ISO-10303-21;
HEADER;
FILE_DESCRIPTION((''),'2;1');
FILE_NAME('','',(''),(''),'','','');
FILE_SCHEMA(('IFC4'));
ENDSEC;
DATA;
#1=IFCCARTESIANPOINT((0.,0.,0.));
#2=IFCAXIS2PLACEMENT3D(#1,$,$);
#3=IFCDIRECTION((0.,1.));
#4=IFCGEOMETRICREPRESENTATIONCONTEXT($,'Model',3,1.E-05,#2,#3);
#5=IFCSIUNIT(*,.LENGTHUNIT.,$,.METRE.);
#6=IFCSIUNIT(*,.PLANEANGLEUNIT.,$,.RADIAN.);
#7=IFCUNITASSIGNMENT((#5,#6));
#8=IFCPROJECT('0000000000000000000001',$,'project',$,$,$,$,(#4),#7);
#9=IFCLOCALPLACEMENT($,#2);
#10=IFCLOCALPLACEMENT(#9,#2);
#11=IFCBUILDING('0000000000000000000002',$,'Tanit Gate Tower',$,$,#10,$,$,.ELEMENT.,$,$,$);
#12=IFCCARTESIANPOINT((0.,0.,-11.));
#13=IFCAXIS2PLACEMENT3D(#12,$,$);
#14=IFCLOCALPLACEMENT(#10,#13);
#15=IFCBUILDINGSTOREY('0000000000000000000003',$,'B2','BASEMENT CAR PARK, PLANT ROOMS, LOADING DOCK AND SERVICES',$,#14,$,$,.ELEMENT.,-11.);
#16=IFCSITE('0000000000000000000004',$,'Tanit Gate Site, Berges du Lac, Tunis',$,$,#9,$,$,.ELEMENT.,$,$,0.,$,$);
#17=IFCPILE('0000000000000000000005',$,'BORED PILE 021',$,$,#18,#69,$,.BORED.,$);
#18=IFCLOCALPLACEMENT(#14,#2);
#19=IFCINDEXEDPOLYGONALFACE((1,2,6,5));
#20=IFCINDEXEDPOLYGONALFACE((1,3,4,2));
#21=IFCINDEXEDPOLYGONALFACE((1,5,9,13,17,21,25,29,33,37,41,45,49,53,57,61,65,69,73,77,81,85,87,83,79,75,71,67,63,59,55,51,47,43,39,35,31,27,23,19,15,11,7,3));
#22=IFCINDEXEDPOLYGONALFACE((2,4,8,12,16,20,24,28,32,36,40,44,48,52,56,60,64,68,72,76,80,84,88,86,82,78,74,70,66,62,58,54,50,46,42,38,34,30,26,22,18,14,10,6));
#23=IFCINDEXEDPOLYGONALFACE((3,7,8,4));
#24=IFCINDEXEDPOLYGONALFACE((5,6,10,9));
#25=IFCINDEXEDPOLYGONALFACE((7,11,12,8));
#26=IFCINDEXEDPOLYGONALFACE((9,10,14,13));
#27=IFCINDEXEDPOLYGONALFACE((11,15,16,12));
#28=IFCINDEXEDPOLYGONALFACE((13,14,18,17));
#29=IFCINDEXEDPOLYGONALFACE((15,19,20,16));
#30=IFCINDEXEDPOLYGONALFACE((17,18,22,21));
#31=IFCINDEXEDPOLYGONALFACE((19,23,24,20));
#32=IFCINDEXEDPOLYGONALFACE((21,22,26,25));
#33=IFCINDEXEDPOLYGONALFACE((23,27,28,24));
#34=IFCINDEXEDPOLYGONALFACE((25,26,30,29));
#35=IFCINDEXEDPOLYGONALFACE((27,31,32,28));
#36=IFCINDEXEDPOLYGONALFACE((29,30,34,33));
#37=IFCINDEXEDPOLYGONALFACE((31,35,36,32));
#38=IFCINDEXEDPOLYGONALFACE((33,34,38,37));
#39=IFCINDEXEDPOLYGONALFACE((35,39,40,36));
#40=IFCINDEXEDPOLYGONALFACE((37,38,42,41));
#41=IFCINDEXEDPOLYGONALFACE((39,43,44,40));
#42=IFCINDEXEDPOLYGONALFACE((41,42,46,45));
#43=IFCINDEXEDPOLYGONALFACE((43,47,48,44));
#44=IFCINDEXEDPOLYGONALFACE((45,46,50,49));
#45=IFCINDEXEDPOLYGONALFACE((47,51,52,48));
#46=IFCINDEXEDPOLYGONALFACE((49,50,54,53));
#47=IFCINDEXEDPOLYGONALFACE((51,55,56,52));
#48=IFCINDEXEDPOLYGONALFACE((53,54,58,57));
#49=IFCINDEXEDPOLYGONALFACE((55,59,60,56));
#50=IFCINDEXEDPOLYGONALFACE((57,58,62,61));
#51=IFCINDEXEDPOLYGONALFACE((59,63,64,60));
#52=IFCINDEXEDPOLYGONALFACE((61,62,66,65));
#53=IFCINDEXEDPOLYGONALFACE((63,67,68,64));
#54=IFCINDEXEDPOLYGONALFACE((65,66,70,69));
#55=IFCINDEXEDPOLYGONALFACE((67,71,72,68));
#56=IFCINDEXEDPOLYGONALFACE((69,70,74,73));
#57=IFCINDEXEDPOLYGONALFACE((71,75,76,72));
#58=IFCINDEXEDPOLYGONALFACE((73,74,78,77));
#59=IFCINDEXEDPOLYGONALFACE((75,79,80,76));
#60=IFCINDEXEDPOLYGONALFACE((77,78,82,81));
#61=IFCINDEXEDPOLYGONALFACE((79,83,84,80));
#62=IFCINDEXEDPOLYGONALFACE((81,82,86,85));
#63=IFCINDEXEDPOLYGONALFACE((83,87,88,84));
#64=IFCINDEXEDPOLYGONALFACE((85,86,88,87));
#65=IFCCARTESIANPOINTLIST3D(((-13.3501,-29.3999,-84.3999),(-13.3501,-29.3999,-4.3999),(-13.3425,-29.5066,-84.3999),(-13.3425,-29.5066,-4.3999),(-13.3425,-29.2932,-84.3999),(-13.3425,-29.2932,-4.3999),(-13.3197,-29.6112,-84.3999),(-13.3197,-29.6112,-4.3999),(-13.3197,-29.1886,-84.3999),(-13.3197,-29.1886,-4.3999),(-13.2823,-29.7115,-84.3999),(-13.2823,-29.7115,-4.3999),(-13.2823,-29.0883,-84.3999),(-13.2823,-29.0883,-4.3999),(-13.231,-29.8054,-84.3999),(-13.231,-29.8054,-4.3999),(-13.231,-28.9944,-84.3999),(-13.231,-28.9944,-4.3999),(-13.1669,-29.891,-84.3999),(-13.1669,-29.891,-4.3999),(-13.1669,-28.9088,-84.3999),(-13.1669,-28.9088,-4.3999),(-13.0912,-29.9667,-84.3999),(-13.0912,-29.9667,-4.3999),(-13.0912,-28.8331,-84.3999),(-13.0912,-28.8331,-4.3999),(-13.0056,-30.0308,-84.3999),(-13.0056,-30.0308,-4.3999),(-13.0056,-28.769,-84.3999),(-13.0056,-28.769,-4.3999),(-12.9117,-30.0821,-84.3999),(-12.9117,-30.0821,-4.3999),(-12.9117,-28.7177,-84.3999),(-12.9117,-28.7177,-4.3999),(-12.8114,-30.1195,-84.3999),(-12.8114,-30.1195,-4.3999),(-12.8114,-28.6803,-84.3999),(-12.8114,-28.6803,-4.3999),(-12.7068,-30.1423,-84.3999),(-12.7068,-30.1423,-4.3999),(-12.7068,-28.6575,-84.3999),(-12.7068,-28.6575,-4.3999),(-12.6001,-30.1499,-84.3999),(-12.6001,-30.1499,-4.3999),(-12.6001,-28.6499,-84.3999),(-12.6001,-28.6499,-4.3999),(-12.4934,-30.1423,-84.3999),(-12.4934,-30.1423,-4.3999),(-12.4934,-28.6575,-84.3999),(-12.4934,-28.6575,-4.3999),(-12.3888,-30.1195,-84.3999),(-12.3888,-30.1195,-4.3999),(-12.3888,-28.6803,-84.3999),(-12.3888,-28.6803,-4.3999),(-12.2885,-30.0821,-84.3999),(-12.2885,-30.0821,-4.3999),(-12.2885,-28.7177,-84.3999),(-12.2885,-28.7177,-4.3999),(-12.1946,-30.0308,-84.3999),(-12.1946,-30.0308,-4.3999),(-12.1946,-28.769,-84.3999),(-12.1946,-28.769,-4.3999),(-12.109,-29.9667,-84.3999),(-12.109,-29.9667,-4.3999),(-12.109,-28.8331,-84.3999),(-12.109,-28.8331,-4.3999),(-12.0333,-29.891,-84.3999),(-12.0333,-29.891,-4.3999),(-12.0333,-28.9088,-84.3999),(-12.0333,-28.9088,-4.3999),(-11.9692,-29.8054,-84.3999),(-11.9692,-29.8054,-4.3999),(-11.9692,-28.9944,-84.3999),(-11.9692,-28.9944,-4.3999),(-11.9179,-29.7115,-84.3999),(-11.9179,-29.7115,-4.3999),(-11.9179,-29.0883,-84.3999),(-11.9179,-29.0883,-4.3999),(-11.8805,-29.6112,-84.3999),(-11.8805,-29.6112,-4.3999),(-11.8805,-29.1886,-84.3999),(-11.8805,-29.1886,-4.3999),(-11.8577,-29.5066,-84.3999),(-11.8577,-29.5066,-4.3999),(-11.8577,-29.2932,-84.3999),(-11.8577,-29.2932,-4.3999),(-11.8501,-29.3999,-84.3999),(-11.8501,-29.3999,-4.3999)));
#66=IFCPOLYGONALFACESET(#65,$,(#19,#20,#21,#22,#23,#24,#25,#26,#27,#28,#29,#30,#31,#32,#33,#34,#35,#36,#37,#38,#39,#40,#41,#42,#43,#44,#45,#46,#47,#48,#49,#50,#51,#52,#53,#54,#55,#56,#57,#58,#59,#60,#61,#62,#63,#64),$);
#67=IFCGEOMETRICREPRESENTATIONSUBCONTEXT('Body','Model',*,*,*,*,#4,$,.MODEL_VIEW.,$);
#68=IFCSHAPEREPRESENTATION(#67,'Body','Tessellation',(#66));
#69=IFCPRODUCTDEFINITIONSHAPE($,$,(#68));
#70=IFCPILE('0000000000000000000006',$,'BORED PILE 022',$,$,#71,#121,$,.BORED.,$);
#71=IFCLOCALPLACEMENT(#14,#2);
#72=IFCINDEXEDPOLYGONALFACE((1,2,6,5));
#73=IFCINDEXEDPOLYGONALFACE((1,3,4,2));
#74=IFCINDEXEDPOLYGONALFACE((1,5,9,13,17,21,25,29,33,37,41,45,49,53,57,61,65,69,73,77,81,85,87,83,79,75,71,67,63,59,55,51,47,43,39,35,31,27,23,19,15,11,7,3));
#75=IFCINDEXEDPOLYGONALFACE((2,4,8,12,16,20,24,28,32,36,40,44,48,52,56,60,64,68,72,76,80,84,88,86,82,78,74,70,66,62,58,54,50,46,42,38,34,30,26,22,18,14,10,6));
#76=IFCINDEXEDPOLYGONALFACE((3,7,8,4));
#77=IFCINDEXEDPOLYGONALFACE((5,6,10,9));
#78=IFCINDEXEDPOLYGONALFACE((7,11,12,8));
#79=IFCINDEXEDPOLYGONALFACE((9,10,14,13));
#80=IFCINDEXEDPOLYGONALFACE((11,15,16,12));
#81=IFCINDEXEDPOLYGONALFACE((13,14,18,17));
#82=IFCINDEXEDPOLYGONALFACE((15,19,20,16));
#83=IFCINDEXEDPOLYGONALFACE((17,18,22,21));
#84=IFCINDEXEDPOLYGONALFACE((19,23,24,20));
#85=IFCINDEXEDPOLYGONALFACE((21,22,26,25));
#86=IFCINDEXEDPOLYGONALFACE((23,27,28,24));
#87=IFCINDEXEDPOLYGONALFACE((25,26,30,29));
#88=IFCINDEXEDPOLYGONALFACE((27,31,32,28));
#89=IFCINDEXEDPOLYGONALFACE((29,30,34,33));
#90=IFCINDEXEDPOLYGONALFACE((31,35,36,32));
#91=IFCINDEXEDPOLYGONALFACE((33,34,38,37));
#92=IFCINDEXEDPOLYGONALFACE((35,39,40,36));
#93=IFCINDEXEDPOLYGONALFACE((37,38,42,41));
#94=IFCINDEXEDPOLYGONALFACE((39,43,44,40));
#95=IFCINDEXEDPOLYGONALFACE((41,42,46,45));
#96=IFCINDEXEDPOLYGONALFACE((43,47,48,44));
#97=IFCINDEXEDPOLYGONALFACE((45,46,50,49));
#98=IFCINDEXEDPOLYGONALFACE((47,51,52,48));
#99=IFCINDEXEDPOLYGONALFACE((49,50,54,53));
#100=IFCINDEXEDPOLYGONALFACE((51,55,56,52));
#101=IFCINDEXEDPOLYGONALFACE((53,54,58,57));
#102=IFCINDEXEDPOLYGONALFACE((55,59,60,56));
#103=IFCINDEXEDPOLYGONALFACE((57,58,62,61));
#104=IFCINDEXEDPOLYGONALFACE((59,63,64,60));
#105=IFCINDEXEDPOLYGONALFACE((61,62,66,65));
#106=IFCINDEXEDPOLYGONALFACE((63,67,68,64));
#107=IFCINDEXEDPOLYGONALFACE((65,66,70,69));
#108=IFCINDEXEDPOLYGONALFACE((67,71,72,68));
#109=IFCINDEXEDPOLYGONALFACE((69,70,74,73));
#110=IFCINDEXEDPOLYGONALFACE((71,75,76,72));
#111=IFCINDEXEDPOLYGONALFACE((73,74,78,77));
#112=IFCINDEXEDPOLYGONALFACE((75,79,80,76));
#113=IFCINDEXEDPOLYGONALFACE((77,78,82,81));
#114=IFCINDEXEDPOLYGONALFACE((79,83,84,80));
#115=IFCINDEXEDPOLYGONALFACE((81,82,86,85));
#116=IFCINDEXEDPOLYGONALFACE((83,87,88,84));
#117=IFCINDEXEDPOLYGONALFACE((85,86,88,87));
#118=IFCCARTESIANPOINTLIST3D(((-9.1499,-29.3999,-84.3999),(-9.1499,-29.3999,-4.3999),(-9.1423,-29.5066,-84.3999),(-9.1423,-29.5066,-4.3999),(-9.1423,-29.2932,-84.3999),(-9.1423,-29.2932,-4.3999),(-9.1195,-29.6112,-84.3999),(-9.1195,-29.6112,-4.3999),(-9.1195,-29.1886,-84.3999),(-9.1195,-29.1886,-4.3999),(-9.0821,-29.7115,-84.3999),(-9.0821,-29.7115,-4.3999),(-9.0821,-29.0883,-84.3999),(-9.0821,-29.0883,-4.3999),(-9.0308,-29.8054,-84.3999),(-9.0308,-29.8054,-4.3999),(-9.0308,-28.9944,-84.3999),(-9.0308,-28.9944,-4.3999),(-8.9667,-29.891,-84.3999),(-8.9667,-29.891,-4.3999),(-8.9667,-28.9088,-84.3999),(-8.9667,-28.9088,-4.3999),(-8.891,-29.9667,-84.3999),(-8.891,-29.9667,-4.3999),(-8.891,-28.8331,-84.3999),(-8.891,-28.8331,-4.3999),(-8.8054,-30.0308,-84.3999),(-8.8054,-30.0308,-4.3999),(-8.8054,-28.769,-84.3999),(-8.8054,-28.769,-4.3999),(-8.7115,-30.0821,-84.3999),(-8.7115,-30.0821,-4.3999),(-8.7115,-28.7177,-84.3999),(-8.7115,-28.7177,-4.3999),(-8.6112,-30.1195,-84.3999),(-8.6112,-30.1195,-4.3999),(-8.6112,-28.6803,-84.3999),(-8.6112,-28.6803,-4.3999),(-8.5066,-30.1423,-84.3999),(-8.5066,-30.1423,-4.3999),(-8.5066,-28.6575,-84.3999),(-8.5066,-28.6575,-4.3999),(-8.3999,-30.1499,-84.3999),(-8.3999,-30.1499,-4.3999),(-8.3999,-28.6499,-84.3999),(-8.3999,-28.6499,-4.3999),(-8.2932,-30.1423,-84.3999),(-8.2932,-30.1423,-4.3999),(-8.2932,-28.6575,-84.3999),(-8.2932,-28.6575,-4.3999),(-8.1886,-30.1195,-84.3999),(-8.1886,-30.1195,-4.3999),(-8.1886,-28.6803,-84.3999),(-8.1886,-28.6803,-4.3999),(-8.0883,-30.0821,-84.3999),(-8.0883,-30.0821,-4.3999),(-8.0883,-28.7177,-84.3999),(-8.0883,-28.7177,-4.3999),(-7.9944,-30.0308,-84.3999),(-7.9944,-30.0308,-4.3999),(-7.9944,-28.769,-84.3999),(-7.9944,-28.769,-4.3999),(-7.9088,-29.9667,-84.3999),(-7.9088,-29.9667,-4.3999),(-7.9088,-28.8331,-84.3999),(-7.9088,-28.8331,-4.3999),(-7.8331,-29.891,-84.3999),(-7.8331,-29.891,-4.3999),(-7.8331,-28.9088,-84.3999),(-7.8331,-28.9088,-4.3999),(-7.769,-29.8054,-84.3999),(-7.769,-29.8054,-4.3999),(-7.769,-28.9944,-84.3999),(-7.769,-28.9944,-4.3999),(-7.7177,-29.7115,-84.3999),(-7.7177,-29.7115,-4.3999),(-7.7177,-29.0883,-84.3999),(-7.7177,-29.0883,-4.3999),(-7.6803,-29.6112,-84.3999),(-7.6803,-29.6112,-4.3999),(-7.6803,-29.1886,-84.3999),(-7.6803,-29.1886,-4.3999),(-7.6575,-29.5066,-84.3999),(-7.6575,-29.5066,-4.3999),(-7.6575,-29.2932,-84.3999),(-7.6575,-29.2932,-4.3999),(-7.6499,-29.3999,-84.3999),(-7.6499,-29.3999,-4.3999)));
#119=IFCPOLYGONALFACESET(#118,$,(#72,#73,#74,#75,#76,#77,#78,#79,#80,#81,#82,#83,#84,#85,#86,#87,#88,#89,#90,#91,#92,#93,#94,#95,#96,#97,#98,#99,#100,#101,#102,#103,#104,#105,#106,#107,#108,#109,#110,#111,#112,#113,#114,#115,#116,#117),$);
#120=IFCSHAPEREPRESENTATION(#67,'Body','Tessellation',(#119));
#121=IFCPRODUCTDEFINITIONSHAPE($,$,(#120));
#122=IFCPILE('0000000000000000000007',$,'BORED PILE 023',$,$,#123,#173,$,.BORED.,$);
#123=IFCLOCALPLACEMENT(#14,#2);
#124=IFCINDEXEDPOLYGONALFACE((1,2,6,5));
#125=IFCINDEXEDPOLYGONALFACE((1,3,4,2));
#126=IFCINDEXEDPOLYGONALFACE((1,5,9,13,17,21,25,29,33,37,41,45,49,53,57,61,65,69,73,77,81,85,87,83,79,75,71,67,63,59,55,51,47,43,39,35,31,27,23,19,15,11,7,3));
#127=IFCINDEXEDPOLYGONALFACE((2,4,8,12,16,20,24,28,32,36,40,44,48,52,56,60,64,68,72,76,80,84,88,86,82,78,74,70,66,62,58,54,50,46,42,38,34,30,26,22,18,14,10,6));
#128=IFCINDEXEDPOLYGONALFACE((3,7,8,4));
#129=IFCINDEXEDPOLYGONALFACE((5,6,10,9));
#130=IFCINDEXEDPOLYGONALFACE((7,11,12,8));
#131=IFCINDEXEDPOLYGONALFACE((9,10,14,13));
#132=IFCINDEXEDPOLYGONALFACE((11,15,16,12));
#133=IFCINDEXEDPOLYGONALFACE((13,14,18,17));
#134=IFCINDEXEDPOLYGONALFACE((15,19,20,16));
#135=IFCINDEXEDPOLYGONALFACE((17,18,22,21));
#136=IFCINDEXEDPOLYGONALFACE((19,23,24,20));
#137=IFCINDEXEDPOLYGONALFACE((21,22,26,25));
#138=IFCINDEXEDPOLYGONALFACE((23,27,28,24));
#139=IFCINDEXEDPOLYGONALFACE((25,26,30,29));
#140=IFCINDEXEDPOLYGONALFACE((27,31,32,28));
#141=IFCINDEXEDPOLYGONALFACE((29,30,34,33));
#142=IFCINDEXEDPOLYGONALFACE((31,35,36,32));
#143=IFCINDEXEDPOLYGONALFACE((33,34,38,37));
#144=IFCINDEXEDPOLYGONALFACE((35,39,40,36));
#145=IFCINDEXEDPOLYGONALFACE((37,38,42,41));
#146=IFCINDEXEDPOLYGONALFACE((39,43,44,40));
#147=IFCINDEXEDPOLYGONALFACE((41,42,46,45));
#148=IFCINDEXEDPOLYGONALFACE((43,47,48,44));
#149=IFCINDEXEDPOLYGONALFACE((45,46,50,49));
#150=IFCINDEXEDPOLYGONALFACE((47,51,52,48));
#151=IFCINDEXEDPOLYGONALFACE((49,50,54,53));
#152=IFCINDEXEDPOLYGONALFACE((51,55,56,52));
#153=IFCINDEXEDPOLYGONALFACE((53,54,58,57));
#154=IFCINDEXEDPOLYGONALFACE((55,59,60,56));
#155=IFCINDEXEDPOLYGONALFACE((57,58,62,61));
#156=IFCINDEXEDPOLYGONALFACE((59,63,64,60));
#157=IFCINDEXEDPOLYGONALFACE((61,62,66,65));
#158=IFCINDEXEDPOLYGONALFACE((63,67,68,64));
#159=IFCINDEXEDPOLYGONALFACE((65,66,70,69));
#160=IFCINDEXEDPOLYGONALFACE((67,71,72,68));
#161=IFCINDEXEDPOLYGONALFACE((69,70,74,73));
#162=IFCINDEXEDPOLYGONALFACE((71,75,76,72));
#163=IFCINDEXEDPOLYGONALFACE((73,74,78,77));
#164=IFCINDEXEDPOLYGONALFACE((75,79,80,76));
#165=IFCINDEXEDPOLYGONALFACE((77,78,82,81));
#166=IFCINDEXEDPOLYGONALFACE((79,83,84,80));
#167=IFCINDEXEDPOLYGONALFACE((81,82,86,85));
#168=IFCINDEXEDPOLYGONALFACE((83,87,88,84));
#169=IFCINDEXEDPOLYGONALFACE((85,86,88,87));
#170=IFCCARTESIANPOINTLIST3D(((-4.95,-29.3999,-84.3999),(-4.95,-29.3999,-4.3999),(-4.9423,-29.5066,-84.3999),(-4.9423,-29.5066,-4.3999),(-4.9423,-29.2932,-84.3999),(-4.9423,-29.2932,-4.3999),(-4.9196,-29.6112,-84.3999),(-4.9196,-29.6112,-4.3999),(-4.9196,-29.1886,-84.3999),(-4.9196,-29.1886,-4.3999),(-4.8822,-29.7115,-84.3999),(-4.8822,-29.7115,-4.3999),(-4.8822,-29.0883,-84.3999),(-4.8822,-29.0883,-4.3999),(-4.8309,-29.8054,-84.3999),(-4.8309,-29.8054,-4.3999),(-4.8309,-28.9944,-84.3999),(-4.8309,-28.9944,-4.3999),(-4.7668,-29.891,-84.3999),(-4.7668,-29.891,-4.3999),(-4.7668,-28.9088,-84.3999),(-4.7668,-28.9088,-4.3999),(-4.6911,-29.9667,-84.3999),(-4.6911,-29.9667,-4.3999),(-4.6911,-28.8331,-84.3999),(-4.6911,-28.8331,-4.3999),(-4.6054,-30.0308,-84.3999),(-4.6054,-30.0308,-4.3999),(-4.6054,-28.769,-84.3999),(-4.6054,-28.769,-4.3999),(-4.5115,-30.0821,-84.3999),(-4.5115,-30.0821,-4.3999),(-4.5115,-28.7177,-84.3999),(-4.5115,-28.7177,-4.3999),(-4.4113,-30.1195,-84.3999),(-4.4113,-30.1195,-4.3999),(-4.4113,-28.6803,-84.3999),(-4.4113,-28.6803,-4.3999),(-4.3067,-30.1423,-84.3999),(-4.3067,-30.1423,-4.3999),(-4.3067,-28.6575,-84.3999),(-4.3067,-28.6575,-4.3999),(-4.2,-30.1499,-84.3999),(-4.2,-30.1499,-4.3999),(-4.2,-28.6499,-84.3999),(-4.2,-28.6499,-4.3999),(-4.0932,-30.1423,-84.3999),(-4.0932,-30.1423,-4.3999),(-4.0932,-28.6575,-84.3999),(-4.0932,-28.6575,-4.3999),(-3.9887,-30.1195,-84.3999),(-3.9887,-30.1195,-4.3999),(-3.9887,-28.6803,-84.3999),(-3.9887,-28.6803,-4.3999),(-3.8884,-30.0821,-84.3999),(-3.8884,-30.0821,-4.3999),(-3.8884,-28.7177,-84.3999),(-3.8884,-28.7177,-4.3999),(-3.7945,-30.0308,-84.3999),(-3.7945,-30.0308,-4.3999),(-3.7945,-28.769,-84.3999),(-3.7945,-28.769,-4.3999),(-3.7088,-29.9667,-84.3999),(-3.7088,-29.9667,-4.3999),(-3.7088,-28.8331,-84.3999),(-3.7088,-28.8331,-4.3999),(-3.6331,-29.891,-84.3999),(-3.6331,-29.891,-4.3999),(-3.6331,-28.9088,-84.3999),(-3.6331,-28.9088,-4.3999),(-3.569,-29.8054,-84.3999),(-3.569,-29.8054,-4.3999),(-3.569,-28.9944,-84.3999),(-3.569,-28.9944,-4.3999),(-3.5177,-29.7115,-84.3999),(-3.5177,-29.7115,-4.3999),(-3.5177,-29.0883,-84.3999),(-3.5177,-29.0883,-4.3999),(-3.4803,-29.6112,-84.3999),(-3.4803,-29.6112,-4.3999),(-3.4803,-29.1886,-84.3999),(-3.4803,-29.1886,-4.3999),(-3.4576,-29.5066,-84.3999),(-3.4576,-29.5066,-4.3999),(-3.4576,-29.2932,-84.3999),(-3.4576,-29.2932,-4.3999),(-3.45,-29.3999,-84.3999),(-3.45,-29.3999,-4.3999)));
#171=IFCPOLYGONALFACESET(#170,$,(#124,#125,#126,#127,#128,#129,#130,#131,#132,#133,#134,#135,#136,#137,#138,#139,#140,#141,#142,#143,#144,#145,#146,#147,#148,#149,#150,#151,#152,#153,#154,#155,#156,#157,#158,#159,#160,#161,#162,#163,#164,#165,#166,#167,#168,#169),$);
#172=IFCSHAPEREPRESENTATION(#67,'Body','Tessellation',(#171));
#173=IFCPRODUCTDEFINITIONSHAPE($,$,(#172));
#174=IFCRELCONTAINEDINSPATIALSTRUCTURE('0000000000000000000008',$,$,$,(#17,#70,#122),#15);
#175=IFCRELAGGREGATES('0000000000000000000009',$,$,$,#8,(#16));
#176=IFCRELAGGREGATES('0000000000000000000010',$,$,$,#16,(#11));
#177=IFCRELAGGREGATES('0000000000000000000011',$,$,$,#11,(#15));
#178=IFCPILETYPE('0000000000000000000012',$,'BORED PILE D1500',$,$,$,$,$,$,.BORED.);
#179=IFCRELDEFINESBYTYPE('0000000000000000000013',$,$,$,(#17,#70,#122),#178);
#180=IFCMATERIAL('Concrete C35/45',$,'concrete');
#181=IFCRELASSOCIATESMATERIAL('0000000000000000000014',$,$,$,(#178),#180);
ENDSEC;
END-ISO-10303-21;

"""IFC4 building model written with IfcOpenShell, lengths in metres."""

from ifc_helpers import new_model, si_unit, direction, frame, origin, origin_2d, place, context, subcontext, project, spatial, circle, extrude, material, material_profile, profile_set, type_object, element, save


model = new_model("IFC4")

# Units and contexts
model_context = context("Model", 3, precision=1e-05, world=origin(), true_north=direction((0.0, 1.0)))
body_context = subcontext(model_context, "Body", "Model", "MODEL_VIEW")
ifc_project = project(units=[si_unit("LENGTHUNIT", "METRE"), si_unit("PLANEANGLEUNIT", "RADIAN")], contexts=[model_context])

# Site, building, storey
site_placement = place(None, origin())
site = spatial("IfcSite", under=ifc_project, at=site_placement, Name="Tanit Gate Site, Berges du Lac, Tunis", CompositionType="ELEMENT", RefElevation=0.0)
building_placement = place(site_placement, origin())
building = spatial("IfcBuilding", under=site, at=building_placement, Name="Tanit Gate Tower", CompositionType="ELEMENT")
storey_placement = place(building_placement, frame((0.0, 0.0, -11.0)))
storey = spatial("IfcBuildingStorey", under=building, at=storey_placement, Name="B2", Description="BASEMENT CAR PARK, PLANT ROOMS, LOADING DOCK AND SERVICES", CompositionType="ELEMENT", Elevation=-11.0)

# Piles
ifc_material_1 = material(Name="Concrete C35/45", Category="concrete")
ifc_material_profile_1 = material_profile(ifc_material_1, circle(Radius=0.75, at=origin_2d()), Name="BORED PILE D1500 C35/45")
ifc_profile_set_1 = profile_set([ifc_material_profile_1], Name="Concrete C35/45")
pile_type = type_object("IfcPileType", Name="BORED PILE D1500", PredefinedType="BORED", material=ifc_profile_set_1)
for number, where, z_axis, x_axis, name in (
    (1, (-12.6001, -29.3999, -4.3999), (0.0, 0.0, -1.0), (1.0, 0.0, 0.0), "BORED PILE 021"),
    (2, (-8.3999, -29.3999, -4.3999), (0.0, 0.0, -1.0), (1.0, 0.0, 0.0), "BORED PILE 022"),
    (3, (-4.2, -29.3999, -4.3999), (0.0, 0.0, -1.0), (1.0, 0.0, 0.0), "BORED PILE 023"),
):
    element("IfcPile", number, at=place(storey_placement, frame(where, z_axis=z_axis, x_axis=x_axis)), inside=storey, type_object=pile_type, Name=name, PredefinedType="BORED", context=body_context, shape_type="SweptSolid", body=[
        extrude(circle(Radius=0.75, at=origin_2d()), origin(), (0.0, 0.0, 1.0), 80.0),
    ])

save(model, "model.ifc")
